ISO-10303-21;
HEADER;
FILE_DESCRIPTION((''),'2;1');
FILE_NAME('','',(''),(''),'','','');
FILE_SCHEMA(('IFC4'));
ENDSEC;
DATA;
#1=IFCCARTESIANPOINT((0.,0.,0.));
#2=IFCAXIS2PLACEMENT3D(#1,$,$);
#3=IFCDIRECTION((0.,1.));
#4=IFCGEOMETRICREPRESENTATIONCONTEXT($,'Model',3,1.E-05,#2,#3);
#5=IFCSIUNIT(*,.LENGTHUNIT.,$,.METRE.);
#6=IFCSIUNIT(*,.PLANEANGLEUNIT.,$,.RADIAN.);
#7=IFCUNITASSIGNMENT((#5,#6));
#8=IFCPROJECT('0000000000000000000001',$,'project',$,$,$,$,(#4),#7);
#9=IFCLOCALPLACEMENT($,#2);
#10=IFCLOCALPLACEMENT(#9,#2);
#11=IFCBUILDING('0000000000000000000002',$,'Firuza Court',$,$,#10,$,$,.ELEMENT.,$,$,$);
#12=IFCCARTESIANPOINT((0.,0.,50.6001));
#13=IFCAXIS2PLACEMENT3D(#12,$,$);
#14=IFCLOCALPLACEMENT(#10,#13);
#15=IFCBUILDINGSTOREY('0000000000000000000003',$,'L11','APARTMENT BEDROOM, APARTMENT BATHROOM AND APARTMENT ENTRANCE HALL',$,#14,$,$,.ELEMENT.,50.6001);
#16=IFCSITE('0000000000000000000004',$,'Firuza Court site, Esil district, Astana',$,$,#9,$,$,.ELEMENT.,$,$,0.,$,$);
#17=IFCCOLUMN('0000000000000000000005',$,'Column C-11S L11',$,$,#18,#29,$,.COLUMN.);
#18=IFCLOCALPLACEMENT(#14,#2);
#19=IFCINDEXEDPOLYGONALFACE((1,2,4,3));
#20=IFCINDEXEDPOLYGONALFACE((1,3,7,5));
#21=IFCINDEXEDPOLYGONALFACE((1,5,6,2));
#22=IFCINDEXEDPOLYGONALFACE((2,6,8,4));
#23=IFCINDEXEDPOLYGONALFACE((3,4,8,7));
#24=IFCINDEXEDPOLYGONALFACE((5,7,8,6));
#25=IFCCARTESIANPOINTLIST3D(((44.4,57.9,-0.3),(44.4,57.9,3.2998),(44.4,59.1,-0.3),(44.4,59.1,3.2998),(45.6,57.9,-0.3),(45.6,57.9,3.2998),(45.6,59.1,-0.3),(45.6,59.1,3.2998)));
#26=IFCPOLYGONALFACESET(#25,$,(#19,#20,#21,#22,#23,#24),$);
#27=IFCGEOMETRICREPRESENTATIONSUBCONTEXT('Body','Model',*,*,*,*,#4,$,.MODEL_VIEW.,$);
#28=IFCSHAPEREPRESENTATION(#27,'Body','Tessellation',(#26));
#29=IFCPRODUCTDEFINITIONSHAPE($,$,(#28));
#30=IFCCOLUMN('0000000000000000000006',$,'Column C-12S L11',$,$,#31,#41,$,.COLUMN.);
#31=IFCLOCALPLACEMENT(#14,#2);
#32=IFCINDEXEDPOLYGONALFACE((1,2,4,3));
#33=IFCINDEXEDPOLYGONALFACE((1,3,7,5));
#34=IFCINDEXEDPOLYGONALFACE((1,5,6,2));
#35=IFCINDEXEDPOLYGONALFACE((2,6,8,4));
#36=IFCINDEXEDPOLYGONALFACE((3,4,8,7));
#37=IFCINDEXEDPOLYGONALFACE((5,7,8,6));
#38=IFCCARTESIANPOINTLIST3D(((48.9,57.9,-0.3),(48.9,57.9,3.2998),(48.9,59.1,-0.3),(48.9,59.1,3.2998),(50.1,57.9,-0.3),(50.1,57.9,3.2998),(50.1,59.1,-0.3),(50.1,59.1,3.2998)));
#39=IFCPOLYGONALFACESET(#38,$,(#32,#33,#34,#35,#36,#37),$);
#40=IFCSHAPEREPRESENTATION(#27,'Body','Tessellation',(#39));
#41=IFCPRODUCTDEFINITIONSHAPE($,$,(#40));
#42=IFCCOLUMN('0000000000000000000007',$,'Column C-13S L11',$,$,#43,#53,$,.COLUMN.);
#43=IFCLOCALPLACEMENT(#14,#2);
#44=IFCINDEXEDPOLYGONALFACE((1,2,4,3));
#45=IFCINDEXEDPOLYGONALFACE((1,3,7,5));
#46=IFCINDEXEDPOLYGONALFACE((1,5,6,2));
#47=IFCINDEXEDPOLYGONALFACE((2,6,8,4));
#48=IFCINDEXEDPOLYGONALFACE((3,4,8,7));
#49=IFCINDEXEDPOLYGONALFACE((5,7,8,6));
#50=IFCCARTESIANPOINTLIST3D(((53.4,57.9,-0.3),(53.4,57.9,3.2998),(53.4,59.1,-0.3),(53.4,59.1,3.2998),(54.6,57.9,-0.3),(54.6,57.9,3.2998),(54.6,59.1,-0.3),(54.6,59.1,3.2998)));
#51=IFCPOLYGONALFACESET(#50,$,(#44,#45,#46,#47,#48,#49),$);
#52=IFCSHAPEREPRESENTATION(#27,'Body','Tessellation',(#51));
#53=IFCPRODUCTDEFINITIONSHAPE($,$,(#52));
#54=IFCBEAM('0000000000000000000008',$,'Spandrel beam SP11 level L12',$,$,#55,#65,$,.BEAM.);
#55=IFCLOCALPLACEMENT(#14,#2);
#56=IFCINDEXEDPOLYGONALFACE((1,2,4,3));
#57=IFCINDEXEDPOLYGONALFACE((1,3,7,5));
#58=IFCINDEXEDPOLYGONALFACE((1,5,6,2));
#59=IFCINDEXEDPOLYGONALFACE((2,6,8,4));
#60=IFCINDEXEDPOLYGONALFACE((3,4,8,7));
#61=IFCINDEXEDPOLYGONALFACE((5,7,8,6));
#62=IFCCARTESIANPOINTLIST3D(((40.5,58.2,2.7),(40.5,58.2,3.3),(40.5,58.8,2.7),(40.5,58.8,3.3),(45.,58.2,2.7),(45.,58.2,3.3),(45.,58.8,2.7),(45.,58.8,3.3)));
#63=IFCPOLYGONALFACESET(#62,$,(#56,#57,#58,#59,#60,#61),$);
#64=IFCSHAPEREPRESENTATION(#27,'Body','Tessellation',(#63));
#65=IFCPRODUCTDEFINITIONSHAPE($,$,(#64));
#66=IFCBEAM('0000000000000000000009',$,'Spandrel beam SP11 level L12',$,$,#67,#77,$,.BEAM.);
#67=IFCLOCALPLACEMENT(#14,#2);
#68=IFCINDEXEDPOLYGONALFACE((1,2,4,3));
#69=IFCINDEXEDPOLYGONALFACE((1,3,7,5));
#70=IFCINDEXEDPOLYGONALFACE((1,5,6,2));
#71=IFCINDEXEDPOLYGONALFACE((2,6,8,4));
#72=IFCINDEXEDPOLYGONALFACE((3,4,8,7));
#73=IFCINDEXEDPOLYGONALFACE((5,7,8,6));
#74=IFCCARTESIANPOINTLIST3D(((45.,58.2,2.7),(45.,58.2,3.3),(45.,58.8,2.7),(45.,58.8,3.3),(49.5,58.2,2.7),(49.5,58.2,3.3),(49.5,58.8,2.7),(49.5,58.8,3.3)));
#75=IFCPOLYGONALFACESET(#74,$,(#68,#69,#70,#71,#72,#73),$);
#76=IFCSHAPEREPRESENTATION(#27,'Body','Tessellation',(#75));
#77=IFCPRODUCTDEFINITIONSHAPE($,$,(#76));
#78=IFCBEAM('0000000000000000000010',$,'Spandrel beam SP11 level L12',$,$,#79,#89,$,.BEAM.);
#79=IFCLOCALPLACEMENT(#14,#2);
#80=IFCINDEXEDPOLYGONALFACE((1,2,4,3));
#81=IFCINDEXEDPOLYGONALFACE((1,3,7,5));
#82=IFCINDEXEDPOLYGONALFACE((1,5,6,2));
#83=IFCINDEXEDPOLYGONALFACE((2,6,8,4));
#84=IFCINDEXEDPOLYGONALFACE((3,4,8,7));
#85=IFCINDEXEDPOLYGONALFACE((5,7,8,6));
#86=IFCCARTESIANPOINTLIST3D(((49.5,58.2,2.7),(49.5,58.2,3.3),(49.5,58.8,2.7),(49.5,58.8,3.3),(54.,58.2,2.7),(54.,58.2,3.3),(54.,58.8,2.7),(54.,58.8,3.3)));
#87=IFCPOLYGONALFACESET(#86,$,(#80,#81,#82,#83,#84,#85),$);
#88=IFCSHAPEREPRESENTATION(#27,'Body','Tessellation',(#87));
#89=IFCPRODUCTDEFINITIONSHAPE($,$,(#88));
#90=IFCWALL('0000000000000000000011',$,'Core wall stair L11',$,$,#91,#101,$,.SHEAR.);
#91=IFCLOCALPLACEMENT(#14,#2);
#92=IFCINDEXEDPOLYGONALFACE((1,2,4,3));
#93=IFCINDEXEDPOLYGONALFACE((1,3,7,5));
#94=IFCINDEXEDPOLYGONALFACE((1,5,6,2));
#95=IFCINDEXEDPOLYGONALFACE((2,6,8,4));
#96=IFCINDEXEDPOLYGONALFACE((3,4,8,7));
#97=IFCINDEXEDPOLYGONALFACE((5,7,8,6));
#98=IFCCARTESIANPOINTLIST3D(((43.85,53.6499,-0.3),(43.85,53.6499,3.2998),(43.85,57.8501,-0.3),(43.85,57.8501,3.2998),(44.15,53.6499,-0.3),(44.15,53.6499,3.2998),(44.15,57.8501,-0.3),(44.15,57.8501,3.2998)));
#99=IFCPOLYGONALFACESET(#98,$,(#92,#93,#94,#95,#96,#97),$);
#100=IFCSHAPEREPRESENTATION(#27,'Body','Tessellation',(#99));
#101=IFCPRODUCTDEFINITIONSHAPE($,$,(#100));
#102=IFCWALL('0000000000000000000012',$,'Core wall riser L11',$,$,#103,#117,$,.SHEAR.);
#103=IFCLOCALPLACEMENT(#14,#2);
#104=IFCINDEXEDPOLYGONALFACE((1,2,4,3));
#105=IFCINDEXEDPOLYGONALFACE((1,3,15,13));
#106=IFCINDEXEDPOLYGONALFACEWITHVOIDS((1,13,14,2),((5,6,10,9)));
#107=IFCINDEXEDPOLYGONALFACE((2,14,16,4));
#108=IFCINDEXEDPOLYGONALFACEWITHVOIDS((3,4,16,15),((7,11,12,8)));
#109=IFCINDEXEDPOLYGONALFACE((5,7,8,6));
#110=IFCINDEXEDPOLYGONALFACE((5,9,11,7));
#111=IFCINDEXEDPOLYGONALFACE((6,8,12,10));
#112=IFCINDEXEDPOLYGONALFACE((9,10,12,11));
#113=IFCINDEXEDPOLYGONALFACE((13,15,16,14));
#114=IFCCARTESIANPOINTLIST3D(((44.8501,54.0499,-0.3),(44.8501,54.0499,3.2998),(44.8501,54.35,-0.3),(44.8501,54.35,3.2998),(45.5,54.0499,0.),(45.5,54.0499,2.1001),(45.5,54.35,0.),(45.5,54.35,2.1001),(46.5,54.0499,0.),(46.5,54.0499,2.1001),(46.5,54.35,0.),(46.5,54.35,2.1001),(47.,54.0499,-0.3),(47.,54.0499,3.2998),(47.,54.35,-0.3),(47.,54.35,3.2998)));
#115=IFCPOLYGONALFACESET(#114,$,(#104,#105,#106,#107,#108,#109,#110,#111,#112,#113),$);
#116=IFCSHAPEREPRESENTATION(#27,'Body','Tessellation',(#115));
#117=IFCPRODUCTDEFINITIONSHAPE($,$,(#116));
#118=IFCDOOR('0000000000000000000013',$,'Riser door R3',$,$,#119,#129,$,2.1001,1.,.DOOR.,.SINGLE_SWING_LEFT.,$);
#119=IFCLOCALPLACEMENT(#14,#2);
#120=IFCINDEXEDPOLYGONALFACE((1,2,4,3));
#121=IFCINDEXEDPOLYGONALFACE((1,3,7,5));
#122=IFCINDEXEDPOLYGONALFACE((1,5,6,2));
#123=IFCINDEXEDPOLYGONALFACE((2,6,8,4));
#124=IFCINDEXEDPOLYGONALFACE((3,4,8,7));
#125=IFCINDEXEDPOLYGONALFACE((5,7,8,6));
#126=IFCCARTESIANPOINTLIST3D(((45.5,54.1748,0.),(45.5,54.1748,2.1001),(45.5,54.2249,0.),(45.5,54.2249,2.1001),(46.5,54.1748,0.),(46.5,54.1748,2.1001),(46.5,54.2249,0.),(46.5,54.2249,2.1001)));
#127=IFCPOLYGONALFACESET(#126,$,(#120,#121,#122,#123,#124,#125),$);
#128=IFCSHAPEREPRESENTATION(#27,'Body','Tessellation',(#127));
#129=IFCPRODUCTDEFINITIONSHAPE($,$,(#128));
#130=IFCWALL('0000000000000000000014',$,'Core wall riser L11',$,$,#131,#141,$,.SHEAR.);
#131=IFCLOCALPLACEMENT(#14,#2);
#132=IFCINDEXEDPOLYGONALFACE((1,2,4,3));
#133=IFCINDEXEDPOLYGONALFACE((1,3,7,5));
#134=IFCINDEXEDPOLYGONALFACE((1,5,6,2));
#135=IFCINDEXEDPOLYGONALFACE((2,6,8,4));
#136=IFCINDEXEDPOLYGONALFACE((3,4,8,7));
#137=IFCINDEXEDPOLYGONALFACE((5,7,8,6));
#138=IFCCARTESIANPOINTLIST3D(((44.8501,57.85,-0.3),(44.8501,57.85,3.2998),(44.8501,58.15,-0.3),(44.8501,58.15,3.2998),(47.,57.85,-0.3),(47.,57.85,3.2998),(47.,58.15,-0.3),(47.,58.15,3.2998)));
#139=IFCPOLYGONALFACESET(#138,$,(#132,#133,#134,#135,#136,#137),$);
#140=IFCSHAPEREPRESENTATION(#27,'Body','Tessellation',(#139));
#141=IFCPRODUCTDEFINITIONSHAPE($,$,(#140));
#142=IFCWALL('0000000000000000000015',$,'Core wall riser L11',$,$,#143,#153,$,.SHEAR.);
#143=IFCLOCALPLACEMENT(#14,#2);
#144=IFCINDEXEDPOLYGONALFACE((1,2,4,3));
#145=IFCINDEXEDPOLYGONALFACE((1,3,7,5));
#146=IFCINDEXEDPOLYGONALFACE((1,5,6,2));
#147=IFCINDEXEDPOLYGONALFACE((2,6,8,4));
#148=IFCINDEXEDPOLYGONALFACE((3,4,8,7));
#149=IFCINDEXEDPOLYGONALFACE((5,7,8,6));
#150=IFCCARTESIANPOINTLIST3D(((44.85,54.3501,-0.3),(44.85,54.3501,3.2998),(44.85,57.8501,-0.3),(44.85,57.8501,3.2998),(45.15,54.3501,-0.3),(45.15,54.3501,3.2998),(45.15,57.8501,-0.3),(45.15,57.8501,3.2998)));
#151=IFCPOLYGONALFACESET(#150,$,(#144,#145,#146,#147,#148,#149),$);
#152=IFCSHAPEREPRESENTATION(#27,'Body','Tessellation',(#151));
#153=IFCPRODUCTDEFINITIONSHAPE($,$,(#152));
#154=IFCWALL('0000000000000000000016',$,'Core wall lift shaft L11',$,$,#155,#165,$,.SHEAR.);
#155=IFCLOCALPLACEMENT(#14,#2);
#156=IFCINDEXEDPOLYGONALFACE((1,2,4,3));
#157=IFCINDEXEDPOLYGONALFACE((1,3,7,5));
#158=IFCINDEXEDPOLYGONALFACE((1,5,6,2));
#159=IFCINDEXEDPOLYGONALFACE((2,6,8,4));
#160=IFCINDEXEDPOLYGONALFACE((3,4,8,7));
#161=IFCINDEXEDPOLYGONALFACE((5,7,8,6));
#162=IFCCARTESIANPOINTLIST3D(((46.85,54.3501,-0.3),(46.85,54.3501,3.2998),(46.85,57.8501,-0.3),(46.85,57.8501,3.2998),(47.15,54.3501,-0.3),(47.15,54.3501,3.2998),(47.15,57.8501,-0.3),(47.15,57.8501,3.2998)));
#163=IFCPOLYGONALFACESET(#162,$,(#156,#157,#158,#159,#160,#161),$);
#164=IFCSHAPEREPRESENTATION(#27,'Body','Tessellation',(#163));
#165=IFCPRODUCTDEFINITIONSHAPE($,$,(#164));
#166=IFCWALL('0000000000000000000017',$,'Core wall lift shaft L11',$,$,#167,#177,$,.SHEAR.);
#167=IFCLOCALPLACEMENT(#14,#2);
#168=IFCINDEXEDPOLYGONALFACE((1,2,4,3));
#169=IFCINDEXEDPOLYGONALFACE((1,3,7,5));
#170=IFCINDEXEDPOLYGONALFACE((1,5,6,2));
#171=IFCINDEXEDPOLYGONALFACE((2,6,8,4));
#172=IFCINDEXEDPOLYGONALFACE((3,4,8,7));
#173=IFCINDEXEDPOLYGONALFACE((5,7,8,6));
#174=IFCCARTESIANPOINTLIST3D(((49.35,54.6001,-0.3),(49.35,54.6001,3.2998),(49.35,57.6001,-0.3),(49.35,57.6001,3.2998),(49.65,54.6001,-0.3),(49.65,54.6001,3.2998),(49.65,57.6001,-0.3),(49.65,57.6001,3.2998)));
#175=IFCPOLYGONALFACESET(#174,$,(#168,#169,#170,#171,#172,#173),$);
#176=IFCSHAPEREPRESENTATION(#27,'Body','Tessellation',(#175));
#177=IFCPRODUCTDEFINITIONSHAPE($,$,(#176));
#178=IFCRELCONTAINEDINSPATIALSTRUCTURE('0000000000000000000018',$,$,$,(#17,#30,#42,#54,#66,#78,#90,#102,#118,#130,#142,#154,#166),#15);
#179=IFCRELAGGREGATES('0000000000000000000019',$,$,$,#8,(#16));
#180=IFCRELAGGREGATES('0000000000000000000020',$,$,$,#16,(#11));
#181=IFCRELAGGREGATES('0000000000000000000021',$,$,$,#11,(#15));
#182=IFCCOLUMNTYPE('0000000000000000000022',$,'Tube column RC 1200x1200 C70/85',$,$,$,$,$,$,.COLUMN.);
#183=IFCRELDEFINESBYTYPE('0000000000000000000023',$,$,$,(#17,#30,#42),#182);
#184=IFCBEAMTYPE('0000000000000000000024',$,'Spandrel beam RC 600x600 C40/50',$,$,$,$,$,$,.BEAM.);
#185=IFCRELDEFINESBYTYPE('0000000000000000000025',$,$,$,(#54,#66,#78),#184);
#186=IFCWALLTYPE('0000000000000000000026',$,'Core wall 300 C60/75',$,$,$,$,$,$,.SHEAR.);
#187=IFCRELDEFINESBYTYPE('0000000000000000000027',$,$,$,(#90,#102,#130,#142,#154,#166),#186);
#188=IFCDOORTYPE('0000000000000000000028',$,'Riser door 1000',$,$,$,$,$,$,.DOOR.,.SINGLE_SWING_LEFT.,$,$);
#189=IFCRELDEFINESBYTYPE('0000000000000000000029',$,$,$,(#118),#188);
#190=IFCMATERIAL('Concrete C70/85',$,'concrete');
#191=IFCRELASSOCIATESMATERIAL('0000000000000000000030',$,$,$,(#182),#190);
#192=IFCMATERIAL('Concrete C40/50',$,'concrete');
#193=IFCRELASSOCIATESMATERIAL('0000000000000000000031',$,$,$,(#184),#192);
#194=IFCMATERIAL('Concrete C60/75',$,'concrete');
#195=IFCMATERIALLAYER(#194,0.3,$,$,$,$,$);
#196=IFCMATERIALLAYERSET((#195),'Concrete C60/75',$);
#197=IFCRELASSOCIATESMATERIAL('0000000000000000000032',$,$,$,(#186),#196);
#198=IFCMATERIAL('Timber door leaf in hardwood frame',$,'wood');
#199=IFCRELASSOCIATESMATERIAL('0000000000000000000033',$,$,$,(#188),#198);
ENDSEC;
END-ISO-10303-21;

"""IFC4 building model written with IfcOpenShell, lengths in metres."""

from ifc_helpers import new_model, si_unit, direction, frame, frame_2d, origin, origin_2d, place, context, subcontext, project, spatial, rectangle, extrude, material, layer, layer_set, material_profile, profile_set, type_object, element, fill, save


model = new_model("IFC4")

# Units and contexts
model_context = context("Model", 3, precision=1e-05, world=origin(), true_north=direction((0.0, 1.0)))
body_context = subcontext(model_context, "Body", "Model", "MODEL_VIEW")
ifc_project = project(units=[si_unit("LENGTHUNIT", "METRE"), si_unit("PLANEANGLEUNIT", "RADIAN")], contexts=[model_context])

# Site, building, storey
site_placement = place(None, origin())
site = spatial("IfcSite", under=ifc_project, at=site_placement, Name="Firuza Court site, Esil district, Astana", CompositionType="ELEMENT", RefElevation=0.0)
building_placement = place(site_placement, origin())
building = spatial("IfcBuilding", under=site, at=building_placement, Name="Firuza Court", CompositionType="ELEMENT")
storey_placement = place(building_placement, frame((0.0, 0.0, 50.6001)))
storey = spatial("IfcBuildingStorey", under=building, at=storey_placement, Name="L11", Description="APARTMENT BEDROOM, APARTMENT BATHROOM AND APARTMENT ENTRANCE HALL", CompositionType="ELEMENT", Elevation=50.6001)

# Columns
ifc_material_1 = material(Name="Concrete C70/85", Category="concrete")
ifc_material_profile_1 = material_profile(ifc_material_1, rectangle(XDim=1.2, YDim=1.2, at=origin_2d()), Name="RC 1200x1200")
ifc_profile_set_1 = profile_set([ifc_material_profile_1], Name="Concrete C70/85")
column_type = type_object("IfcColumnType", Name="Tube column RC 1200x1200 C70/85", PredefinedType="COLUMN", material=ifc_profile_set_1)
for number, where, z_axis, x_axis, name in (
    (1, (45.0, 58.5, -0.3), (0.0, 0.0, 1.0), (1.0, 0.0, 0.0), "Column C-11S L11"),
    (2, (49.5, 58.5, -0.3), (0.0, 0.0, 1.0), (1.0, 0.0, 0.0), "Column C-12S L11"),
    (3, (54.0, 58.5, -0.3), (0.0, 0.0, 1.0), (1.0, 0.0, 0.0), "Column C-13S L11"),
):
    element("IfcColumn", number, at=place(storey_placement, frame(where, z_axis=z_axis, x_axis=x_axis)), inside=storey, type_object=column_type, Name=name, PredefinedType="COLUMN", context=body_context, shape_type="SweptSolid", body=[
        extrude(rectangle(XDim=1.2, YDim=1.2, at=origin_2d()), origin(), (0.0, 0.0, 1.0), 3.5999),
    ])

# Beams
ifc_material_2 = material(Name="Concrete C40/50", Category="concrete")
ifc_material_profile_2 = material_profile(ifc_material_2, rectangle(XDim=0.6001, YDim=0.6001, at=origin_2d()), Name="RC 600x600")
ifc_profile_set_2 = profile_set([ifc_material_profile_2], Name="Concrete C40/50")
beam_type = type_object("IfcBeamType", Name="Spandrel beam RC 600x600 C40/50", PredefinedType="BEAM", material=ifc_profile_set_2)
for number, where, z_axis, x_axis, name in (
    (4, (45.0, 58.5, 3.0), (-1.0, 0.0, 0.0), (0.0, -1.0, 0.0), "Spandrel beam SP11 level L12"),
    (5, (49.5, 58.5, 3.0), (-1.0, 0.0, 0.0), (0.0, -1.0, 0.0), "Spandrel beam SP11 level L12"),
    (6, (54.0, 58.5, 3.0), (-1.0, 0.0, 0.0), (0.0, -1.0, 0.0), "Spandrel beam SP11 level L12"),
):
    element("IfcBeam", number, at=place(storey_placement, frame(where, z_axis=z_axis, x_axis=x_axis)), inside=storey, type_object=beam_type, Name=name, PredefinedType="BEAM", context=body_context, shape_type="SweptSolid", body=[
        extrude(rectangle(XDim=0.6001, YDim=0.6001, at=origin_2d()), origin(), (0.0, 0.0, 1.0), 4.5),
    ])

# Wall
ifc_material_3 = material(Name="Concrete C60/75", Category="concrete")
ifc_layer_1 = layer(ifc_material_3, 0.3)
ifc_layer_set_1 = layer_set([ifc_layer_1], Name="Concrete C60/75")
wall_type_1 = type_object("IfcWallType", Name="Core wall 300 C60/75", PredefinedType="SHEAR", material=ifc_layer_set_1)
wall_1_placement = place(storey_placement, frame((44.0, 53.6499, -0.3), z_axis=(0.0, 0.0, 1.0), x_axis=(0.0, 1.0, 0.0)))
element("IfcWall", 7, at=wall_1_placement, inside=storey, type_object=wall_type_1, Name="Core wall stair L11", PredefinedType="SHEAR", context=body_context, shape_type="SweptSolid", body=[
    extrude(rectangle(XDim=4.2002, YDim=0.3, at=frame_2d((2.1001, 0.0))), origin(), (0.0, 0.0, 1.0), 3.5999),
])

# Wall, opening, door
wall_2_placement = place(storey_placement, frame((44.8501, 54.2, -0.3), z_axis=(0.0, 0.0, 1.0), x_axis=(1.0, 0.0, 0.0)))
wall_2 = element("IfcWall", 8, at=wall_2_placement, inside=storey, type_object=wall_type_1, Name="Core wall riser L11", PredefinedType="SHEAR", context=body_context, shape_type="SweptSolid", body=[
    extrude(rectangle(XDim=2.1499, YDim=0.3, at=frame_2d((1.075, 0.0))), origin(), (0.0, 0.0, 1.0), 3.5999),
])
opening_1_placement = place(wall_2_placement, frame((0.6499, 0.0, 0.3)))
opening_1 = element("IfcOpeningElement", 9, at=opening_1_placement, cuts=wall_2, PredefinedType="OPENING", context=body_context, shape_type="SweptSolid", body=[
    extrude(rectangle(XDim=1.0, YDim=2.1001, at=frame_2d((0.5, 1.05))), frame((0.0, 0.1621, 0.0), z_axis=(0.0, -1.0, 0.0), x_axis=(1.0, 0.0, 0.0)), (0.0, 0.0, 1.0), 0.324),
])
ifc_material_4 = material(Name="Timber door leaf in hardwood frame", Category="wood")
door_type_1 = type_object("IfcDoorType", Name="Riser door 1000", OperationType="SINGLE_SWING_LEFT", PredefinedType="DOOR", material=ifc_material_4)
door_1_placement = place(opening_1_placement, origin())
door_1 = element("IfcDoor", 10, at=door_1_placement, inside=storey, type_object=door_type_1, Name="Riser door R3", OperationType="SINGLE_SWING_LEFT", OverallHeight=2.1001, OverallWidth=1.0, PredefinedType="DOOR", context=body_context, shape_type="SweptSolid", body=[
    extrude(rectangle(XDim=1.0, YDim=2.1001, at=frame_2d((0.5, 1.05))), frame((0.0, 0.0249, 0.0), z_axis=(0.0, -1.0, 0.0), x_axis=(1.0, 0.0, 0.0)), (0.0, 0.0, 1.0), 0.05),
])
fill(opening_1, door_1)

# Walls
wall_3_placement = place(storey_placement, frame((44.8501, 58.0, -0.3), z_axis=(0.0, 0.0, 1.0), x_axis=(1.0, 0.0, 0.0)))
element("IfcWall", 11, at=wall_3_placement, inside=storey, type_object=wall_type_1, Name="Core wall riser L11", PredefinedType="SHEAR", context=body_context, shape_type="SweptSolid", body=[
    extrude(rectangle(XDim=2.1499, YDim=0.3, at=frame_2d((1.075, 0.0))), origin(), (0.0, 0.0, 1.0), 3.5999),
])
for number, where, z_axis, x_axis, name in (
    (12, (45.0, 54.3501, -0.3), (0.0, 0.0, 1.0), (0.0, 1.0, 0.0), "Core wall riser L11"),
    (13, (47.0, 54.3501, -0.3), (0.0, 0.0, 1.0), (0.0, 1.0, 0.0), "Core wall lift shaft L11"),
):
    element("IfcWall", number, at=place(storey_placement, frame(where, z_axis=z_axis, x_axis=x_axis)), inside=storey, type_object=wall_type_1, Name=name, PredefinedType="SHEAR", context=body_context, shape_type="SweptSolid", body=[
        extrude(rectangle(XDim=3.5, YDim=0.3, at=frame_2d((1.75, 0.0))), origin(), (0.0, 0.0, 1.0), 3.5999),
    ])
wall_4_placement = place(storey_placement, frame((49.5, 54.6001, -0.3), z_axis=(0.0, 0.0, 1.0), x_axis=(0.0, 1.0, 0.0)))
element("IfcWall", 14, at=wall_4_placement, inside=storey, type_object=wall_type_1, Name="Core wall lift shaft L11", PredefinedType="SHEAR", context=body_context, shape_type="SweptSolid", body=[
    extrude(rectangle(XDim=3.0, YDim=0.3, at=frame_2d((1.5, 0.0))), origin(), (0.0, 0.0, 1.0), 3.5999),
])

save(model, "model.ifc")
